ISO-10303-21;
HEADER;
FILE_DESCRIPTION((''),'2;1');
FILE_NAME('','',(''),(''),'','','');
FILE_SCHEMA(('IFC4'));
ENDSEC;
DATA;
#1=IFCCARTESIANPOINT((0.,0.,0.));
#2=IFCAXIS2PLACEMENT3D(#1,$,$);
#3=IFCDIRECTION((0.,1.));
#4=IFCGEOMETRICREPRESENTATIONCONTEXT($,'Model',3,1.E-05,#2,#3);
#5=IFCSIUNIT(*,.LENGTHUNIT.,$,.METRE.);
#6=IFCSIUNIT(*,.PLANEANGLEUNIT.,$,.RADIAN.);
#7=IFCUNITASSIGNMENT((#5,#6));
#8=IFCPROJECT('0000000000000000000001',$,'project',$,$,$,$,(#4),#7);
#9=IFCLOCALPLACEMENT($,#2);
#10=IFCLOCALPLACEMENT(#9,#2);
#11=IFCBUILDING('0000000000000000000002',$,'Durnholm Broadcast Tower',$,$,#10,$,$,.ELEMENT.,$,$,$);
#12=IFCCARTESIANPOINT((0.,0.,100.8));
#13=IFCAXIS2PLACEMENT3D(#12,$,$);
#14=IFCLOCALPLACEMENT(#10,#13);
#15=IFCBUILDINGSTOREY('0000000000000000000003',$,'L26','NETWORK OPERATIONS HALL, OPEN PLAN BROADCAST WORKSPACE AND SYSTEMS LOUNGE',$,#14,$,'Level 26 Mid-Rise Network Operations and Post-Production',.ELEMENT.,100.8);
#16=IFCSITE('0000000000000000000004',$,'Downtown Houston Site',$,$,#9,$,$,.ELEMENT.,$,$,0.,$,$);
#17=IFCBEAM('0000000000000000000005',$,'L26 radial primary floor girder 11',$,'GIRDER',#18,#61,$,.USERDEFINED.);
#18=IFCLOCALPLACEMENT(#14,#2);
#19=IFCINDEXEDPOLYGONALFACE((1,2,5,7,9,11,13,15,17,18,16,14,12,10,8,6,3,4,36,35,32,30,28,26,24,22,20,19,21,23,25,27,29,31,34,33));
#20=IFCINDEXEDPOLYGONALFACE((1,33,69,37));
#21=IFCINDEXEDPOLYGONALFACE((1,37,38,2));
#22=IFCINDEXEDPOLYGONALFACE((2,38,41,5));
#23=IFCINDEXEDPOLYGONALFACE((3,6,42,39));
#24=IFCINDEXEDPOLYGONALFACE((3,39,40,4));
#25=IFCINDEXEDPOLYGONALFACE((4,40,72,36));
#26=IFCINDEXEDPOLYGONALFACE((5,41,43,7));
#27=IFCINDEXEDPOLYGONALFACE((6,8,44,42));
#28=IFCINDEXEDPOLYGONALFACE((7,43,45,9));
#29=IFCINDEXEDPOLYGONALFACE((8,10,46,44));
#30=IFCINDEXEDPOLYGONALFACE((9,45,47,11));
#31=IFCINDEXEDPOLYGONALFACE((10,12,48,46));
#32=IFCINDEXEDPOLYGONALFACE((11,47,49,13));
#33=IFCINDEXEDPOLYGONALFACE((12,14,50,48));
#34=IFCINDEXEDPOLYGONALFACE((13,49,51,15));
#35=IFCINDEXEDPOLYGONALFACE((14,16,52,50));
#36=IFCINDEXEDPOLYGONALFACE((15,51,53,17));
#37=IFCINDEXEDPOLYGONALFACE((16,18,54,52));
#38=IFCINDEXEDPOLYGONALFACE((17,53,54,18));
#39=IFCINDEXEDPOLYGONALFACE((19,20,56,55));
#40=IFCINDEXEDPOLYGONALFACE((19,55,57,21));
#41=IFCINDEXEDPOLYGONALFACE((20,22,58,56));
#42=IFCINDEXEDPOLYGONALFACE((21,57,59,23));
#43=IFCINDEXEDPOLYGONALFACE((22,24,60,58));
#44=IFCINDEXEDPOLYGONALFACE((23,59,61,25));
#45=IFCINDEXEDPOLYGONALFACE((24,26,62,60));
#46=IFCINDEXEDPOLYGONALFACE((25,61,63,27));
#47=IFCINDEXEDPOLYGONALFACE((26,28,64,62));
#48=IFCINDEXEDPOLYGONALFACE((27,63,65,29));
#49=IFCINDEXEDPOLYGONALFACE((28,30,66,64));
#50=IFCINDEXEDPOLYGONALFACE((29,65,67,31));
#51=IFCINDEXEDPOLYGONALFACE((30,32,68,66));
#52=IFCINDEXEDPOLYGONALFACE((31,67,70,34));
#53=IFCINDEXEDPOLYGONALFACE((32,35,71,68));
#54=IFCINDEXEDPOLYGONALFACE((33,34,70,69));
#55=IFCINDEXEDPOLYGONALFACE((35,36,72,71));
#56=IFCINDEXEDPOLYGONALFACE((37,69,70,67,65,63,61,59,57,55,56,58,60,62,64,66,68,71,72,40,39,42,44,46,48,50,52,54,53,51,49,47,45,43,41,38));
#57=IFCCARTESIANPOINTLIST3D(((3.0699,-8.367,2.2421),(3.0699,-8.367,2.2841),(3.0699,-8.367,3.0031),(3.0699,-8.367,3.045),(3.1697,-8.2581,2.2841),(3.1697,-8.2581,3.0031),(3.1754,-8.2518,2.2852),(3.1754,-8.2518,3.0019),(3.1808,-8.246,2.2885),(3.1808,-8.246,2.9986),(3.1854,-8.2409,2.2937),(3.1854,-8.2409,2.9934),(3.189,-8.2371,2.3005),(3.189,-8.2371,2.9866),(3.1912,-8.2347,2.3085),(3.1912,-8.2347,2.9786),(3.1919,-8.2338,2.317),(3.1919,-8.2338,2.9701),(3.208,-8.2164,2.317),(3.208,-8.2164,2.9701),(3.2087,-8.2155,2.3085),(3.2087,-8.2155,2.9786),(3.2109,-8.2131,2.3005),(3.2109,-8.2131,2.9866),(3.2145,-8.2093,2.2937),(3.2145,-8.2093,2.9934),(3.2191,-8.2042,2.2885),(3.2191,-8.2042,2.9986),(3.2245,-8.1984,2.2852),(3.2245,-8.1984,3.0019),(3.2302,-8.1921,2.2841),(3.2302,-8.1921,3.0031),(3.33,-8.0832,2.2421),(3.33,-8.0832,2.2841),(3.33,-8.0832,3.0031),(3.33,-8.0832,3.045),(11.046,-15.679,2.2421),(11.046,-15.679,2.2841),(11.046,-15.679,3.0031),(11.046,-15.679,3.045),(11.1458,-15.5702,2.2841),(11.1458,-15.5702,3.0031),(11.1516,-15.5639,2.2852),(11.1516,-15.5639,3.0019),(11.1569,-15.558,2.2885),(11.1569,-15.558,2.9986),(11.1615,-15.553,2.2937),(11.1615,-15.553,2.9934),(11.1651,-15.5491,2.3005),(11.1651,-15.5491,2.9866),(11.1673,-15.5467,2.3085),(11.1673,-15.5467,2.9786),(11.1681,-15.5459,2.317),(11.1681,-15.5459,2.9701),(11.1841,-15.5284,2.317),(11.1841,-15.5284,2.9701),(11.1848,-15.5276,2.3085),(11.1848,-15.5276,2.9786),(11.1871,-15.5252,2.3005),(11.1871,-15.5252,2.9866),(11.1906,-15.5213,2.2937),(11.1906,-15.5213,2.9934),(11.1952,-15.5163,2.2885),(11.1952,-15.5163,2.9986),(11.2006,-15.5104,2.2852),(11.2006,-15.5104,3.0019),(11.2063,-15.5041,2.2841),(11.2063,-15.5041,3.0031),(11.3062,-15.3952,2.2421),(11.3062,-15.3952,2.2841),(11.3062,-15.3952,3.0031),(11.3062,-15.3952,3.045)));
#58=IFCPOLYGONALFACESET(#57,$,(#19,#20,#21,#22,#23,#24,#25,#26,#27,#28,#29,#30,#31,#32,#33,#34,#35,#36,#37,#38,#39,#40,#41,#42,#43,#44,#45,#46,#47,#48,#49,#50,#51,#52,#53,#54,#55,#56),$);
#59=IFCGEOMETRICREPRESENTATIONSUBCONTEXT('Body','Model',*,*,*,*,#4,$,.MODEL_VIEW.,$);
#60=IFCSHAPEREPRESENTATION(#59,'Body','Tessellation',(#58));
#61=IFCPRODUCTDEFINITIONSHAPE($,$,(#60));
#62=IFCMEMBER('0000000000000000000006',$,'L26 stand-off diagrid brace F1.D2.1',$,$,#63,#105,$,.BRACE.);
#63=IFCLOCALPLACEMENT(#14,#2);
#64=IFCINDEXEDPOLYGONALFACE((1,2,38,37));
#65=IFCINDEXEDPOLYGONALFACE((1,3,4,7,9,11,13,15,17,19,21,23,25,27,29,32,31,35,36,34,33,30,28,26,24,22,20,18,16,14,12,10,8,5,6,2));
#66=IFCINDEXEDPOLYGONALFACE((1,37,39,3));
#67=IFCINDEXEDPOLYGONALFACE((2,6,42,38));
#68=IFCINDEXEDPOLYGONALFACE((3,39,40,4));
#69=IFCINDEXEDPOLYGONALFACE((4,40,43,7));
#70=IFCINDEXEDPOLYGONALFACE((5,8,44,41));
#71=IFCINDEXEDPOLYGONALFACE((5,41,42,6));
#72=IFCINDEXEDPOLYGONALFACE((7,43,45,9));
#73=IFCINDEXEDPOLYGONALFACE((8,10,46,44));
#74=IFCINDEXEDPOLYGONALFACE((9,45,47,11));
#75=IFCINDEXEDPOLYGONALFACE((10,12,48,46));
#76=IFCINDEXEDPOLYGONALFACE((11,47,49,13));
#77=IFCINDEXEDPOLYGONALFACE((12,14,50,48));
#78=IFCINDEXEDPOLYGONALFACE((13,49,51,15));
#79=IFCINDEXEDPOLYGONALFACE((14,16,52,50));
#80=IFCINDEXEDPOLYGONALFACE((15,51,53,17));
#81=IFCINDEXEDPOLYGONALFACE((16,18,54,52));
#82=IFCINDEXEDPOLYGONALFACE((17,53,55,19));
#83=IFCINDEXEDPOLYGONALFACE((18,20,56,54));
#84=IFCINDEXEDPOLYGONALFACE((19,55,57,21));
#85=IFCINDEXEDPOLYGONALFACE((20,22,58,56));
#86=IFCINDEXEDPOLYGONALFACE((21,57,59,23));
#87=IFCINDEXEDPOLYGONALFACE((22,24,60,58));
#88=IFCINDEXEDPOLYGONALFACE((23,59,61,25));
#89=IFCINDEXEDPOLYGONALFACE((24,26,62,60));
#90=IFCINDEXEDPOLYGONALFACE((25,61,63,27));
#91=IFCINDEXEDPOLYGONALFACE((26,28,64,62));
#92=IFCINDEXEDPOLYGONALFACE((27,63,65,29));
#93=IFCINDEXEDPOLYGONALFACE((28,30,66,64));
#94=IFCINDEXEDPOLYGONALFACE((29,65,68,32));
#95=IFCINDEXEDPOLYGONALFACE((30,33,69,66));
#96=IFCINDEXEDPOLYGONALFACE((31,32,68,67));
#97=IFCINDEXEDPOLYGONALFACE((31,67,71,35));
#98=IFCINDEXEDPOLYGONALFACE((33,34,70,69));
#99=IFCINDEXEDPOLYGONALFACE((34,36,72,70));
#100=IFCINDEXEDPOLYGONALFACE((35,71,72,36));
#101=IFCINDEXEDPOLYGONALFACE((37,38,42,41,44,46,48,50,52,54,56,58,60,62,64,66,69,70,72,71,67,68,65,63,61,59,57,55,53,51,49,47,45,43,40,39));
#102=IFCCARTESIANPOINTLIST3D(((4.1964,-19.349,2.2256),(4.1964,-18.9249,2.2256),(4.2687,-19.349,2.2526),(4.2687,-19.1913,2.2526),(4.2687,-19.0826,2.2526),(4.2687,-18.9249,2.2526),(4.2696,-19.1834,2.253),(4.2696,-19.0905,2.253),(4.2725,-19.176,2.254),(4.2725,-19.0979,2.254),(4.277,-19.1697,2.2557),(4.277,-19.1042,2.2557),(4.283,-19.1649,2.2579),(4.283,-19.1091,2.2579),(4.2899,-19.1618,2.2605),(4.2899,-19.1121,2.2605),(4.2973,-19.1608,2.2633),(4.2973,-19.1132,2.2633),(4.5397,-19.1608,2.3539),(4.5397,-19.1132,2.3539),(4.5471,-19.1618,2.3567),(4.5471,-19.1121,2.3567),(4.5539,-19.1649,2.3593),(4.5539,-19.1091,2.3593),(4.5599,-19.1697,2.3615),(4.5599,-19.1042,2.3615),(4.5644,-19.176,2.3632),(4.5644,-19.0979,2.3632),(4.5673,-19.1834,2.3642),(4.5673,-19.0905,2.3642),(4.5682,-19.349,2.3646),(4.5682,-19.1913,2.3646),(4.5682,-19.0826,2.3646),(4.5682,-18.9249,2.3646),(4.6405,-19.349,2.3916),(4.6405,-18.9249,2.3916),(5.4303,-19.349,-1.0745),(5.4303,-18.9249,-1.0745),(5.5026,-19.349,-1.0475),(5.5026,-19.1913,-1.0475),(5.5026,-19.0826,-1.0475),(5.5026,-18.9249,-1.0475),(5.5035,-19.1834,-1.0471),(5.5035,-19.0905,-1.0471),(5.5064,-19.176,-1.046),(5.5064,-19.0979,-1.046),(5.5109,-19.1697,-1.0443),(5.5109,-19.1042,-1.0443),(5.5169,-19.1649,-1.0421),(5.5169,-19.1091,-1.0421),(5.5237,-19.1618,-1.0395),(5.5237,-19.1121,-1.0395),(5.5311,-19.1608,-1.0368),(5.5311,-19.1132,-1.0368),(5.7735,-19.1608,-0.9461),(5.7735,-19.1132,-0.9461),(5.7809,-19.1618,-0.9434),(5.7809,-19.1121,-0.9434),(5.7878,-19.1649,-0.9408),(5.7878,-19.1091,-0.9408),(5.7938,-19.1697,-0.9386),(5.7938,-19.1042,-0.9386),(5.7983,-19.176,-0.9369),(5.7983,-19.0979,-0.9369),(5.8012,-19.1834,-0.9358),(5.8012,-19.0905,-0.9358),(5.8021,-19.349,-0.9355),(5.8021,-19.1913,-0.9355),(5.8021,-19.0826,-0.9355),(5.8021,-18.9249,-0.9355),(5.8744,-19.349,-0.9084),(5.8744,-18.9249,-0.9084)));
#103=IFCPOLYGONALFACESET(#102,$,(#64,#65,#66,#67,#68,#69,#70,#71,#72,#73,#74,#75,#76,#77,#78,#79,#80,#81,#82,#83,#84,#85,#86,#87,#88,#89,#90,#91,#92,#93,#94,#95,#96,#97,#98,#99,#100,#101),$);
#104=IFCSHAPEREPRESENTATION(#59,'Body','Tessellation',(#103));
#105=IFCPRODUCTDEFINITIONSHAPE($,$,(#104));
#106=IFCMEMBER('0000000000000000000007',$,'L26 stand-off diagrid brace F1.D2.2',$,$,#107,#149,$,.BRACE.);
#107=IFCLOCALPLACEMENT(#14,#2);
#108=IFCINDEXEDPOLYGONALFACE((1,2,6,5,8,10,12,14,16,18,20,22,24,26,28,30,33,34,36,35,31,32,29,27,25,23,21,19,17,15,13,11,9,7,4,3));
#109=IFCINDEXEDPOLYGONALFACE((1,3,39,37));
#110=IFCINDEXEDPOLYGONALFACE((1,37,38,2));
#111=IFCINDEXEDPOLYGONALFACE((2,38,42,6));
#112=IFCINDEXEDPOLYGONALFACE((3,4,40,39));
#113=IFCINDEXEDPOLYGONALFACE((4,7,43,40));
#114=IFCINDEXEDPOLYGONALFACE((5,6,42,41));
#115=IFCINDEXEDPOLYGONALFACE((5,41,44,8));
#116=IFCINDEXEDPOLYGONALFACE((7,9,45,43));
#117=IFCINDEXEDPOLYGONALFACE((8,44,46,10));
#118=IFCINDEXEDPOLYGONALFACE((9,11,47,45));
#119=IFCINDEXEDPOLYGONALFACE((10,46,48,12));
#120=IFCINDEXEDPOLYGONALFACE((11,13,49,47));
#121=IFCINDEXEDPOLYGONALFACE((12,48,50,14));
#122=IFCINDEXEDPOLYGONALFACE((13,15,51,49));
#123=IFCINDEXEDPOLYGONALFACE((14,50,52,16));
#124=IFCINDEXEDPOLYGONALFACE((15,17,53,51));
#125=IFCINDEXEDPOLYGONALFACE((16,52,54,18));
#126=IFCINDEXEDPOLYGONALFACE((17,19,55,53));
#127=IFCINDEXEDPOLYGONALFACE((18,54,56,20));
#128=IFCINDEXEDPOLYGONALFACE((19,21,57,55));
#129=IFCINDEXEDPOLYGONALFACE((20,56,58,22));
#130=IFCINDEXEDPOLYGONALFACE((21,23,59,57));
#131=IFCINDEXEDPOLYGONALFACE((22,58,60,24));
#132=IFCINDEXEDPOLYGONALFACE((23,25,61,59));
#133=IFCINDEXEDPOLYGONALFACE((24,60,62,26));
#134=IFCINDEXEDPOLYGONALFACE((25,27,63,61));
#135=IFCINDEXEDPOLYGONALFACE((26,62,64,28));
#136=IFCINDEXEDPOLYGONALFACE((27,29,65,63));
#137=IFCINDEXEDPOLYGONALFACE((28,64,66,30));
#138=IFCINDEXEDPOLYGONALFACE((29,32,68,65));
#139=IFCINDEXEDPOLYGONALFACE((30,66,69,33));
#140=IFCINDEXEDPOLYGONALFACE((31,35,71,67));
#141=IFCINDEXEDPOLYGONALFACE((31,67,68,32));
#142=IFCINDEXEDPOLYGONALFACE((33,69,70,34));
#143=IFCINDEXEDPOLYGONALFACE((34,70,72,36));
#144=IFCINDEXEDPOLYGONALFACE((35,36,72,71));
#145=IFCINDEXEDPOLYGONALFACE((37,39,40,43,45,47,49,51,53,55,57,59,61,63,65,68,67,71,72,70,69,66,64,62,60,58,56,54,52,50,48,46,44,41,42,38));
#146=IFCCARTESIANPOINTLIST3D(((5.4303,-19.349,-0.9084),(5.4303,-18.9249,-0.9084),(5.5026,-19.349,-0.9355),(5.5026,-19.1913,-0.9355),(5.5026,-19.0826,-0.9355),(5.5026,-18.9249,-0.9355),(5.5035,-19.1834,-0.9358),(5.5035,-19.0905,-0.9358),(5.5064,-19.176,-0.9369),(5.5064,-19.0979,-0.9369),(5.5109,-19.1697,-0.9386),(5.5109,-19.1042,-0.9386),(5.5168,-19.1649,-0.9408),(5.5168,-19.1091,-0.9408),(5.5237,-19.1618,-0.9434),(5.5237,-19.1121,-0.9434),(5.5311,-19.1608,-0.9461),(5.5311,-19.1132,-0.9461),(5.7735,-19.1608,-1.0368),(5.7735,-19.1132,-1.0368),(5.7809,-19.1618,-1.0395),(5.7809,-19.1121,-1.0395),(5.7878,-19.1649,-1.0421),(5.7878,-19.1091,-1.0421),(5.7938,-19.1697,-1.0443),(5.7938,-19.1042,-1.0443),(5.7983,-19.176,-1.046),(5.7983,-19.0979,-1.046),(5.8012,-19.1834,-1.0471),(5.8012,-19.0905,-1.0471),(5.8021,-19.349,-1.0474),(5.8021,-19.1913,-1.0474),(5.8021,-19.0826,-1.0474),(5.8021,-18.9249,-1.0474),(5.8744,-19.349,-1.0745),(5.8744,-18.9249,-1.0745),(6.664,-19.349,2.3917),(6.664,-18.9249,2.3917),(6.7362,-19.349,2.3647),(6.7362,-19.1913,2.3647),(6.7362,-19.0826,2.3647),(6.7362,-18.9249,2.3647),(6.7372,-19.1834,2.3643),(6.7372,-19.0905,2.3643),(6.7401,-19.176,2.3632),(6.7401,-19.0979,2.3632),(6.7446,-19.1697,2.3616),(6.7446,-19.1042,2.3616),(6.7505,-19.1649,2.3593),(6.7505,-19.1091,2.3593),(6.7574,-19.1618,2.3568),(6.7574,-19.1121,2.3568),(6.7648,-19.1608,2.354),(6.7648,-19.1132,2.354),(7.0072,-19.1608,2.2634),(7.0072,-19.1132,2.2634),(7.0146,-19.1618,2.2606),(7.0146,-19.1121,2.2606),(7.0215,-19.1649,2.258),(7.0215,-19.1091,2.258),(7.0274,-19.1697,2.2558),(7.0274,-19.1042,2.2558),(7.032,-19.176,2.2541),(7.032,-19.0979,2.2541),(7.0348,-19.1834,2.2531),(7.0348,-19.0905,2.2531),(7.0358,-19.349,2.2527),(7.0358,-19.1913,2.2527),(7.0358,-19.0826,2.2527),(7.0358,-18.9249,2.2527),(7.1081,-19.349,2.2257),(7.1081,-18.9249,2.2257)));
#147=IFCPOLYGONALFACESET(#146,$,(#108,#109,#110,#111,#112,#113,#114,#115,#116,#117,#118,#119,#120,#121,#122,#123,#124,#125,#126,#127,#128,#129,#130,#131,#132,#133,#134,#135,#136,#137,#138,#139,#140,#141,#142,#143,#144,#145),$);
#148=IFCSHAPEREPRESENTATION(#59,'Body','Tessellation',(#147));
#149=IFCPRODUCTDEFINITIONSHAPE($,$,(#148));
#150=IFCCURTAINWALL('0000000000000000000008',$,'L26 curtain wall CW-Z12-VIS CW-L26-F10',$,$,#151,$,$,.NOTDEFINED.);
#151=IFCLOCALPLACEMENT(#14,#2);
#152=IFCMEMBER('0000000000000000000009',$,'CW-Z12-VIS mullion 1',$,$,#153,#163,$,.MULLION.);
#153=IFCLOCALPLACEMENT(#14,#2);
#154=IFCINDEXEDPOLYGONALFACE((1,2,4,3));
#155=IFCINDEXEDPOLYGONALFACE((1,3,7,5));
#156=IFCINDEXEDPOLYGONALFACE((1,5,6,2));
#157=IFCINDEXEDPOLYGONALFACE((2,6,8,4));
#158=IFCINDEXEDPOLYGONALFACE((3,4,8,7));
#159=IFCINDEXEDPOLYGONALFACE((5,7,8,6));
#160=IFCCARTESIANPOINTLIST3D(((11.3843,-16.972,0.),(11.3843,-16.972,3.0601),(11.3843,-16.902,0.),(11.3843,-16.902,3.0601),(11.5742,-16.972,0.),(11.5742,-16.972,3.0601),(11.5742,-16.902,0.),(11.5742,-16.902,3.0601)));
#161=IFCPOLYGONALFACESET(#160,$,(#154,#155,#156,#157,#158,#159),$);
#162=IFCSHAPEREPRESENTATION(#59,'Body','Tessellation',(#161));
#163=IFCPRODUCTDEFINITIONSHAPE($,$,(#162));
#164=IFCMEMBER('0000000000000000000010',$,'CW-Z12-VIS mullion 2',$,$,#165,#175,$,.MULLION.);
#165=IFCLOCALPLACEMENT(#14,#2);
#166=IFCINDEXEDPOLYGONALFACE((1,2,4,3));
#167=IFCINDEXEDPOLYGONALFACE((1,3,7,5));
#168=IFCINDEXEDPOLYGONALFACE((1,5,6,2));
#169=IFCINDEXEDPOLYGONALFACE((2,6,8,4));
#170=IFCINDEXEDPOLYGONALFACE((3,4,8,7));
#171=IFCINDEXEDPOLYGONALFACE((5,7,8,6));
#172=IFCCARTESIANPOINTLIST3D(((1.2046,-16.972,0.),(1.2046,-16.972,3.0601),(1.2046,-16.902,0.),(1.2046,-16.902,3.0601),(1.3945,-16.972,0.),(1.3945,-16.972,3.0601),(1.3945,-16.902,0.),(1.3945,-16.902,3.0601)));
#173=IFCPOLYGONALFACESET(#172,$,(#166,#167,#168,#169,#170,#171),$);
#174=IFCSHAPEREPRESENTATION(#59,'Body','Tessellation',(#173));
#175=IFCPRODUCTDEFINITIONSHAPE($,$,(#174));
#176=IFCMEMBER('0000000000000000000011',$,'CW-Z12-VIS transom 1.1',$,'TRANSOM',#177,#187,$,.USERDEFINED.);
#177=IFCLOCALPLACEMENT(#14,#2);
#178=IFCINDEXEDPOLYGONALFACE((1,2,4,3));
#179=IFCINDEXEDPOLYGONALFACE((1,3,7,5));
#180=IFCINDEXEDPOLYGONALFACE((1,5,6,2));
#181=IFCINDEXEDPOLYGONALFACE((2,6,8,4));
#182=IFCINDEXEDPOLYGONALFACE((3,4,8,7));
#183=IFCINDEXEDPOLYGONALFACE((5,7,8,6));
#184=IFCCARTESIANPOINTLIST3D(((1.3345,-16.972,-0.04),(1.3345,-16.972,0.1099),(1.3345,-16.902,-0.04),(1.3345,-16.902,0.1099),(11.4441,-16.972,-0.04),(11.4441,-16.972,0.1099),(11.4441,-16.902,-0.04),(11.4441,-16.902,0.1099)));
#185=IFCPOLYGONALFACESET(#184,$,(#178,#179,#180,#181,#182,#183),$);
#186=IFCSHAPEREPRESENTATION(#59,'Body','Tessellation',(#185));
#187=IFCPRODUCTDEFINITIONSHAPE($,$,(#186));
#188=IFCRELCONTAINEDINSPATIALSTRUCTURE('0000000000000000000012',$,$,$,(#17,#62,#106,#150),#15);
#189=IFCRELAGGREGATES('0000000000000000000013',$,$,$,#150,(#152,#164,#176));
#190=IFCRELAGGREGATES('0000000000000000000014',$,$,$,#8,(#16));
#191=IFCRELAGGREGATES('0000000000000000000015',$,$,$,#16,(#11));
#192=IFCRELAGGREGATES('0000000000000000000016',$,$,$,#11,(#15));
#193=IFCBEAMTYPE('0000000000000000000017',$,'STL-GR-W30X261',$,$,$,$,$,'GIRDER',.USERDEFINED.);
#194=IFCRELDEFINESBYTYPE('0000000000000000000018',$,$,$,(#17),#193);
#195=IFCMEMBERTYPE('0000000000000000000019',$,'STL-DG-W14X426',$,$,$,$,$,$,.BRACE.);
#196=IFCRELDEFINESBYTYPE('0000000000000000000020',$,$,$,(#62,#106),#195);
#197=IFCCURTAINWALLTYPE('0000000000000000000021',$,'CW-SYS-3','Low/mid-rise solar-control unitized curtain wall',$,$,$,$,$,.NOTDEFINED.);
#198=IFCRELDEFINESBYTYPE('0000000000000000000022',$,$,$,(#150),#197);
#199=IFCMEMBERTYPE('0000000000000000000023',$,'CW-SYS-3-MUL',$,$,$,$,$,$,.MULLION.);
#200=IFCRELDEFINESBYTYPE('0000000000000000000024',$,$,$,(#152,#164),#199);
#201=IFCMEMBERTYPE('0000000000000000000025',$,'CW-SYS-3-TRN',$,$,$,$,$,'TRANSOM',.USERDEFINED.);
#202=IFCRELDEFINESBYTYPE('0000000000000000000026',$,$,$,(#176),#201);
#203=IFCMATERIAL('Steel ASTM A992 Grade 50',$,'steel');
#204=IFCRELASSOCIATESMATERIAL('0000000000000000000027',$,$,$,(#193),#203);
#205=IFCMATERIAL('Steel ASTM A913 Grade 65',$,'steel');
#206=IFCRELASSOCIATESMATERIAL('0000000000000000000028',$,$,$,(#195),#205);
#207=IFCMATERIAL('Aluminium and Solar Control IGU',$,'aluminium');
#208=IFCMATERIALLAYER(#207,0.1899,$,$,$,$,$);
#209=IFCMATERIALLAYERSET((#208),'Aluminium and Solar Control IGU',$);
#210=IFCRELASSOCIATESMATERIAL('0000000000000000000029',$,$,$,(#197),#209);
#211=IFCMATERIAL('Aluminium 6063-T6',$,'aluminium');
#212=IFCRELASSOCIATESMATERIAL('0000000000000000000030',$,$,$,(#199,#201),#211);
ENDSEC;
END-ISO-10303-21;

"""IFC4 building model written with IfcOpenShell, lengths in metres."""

from ifc_helpers import new_model, si_unit, direction, frame, origin, origin_2d, place, context, subcontext, project, spatial, rectangle, i_section, extrude, source, transform, mapped, material, layer, layer_set, material_profile, profile_set, type_object, type_shapes, element, aggregate, save


model = new_model("IFC4")

# Units and contexts
model_context = context("Model", 3, precision=1e-05, world=origin(), true_north=direction((0.0, 1.0)))
body_context = subcontext(model_context, "Body", "Model", "MODEL_VIEW")
ifc_project = project(units=[si_unit("LENGTHUNIT", "METRE"), si_unit("PLANEANGLEUNIT", "RADIAN")], contexts=[model_context])

# Site, building, storey
site_placement = place(None, origin())
site = spatial("IfcSite", under=ifc_project, at=site_placement, Name="Downtown Houston Site", CompositionType="ELEMENT", RefElevation=0.0)
building_placement = place(site_placement, origin())
building = spatial("IfcBuilding", under=site, at=building_placement, Name="Durnholm Broadcast Tower", CompositionType="ELEMENT")
storey_placement = place(building_placement, frame((0.0, 0.0, 100.8)))
storey = spatial("IfcBuildingStorey", under=building, at=storey_placement, Name="L26", Description="NETWORK OPERATIONS HALL, OPEN PLAN BROADCAST WORKSPACE AND SYSTEMS LOUNGE", LongName="Level 26 Mid-Rise Network Operations and Post-Production", CompositionType="ELEMENT", Elevation=100.8)

# Beam
ifc_material_1 = material(Name="Steel ASTM A992 Grade 50", Category="steel")
ifc_material_profile_1 = material_profile(ifc_material_1, i_section(OverallWidth=0.385, OverallDepth=0.803, WebThickness=0.0237, FlangeThickness=0.042, FilletRadius=0.033, at=origin_2d()), Name="W30X261")
ifc_profile_set_1 = profile_set([ifc_material_profile_1], Name="Steel ASTM A992 Grade 50")
beam_type_1 = type_object("IfcBeamType", Name="STL-GR-W30X261", ElementType="GIRDER", PredefinedType="USERDEFINED", material=ifc_profile_set_1)
shared_shape_1 = source(origin(), body_context, "Body", "SweptSolid", [
    extrude(i_section(OverallWidth=0.385, OverallDepth=0.803, WebThickness=0.0237, FlangeThickness=0.042, FilletRadius=0.033, at=origin_2d()), origin(), (0.0, 0.0, 1.0), 10.8206),
])
beam_1_placement = place(storey_placement, frame((3.2, -8.2251, 2.6436), z_axis=(0.737126, -0.675755, 0.0), x_axis=(0.675755, 0.737126, 0.0)))
element("IfcBeam", 1, at=beam_1_placement, inside=storey, type_object=beam_type_1, Name="L26 radial primary floor girder 11", ObjectType="GIRDER", PredefinedType="USERDEFINED", context=body_context, shape_type="MappedRepresentation", body=[
    mapped(shared_shape_1, transform((0.0, 0.0, 0.0), x_axis=(1.0, 0.0, 0.0), y_axis=(0.0, 1.0, 0.0), z_axis=(0.0, 0.0, 1.0), scale=1.0)),
])

# Members
ifc_material_2 = material(Name="Steel ASTM A913 Grade 65", Category="steel")
ifc_material_profile_2 = material_profile(ifc_material_2, i_section(OverallWidth=0.4241, OverallDepth=0.4741, WebThickness=0.0476, FlangeThickness=0.0771, FilletRadius=0.0305, at=origin_2d()), Name="W14X426")
ifc_profile_set_2 = profile_set([ifc_material_profile_2], Name="Steel ASTM A913 Grade 65")
member_type_1 = type_object("IfcMemberType", Name="STL-DG-W14X426", PredefinedType="BRACE", material=ifc_profile_set_2)
shared_shape_2 = source(origin(), body_context, "Body", "SweptSolid", [
    extrude(i_section(OverallWidth=0.4241, OverallDepth=0.4741, WebThickness=0.0476, FlangeThickness=0.0771, FilletRadius=0.0305, at=origin_2d()), origin(), (0.0, 0.0, 1.0), 3.5232),
])
type_shapes(member_type_1, [shared_shape_2])
for number, where, z_axis, x_axis, name in (
    (2, (5.6523, -19.137, -0.9915), (-0.35022, 0.0, 0.936668), (0.0, -1.0, 0.0), "L26 stand-off diagrid brace F1.D2.1"),
    (3, (5.6523, -19.137, -0.9915), (0.350159, 0.0, 0.93669), (0.0, 1.0, 0.0), "L26 stand-off diagrid brace F1.D2.2"),
):
    element("IfcMember", number, at=place(storey_placement, frame(where, z_axis=z_axis, x_axis=x_axis)), inside=storey, type_object=member_type_1, Name=name, PredefinedType="BRACE", context=body_context, shape_type="MappedRepresentation", body=[
        mapped(shared_shape_2, transform((0.0, 0.0, 0.0), x_axis=(1.0, 0.0, 0.0), y_axis=(0.0, 1.0, 0.0), z_axis=(0.0, 0.0, 1.0), scale=1.0)),
    ])

# Curtain wall, members
ifc_material_3 = material(Name="Aluminium and Solar Control IGU", Category="aluminium")
ifc_layer_1 = layer(ifc_material_3, 0.1899)
ifc_layer_set_1 = layer_set([ifc_layer_1], Name="Aluminium and Solar Control IGU")
curtain_wall_type = type_object("IfcCurtainWallType", Name="CW-SYS-3", Description="Low/mid-rise solar-control unitized curtain wall", PredefinedType="NOTDEFINED", material=ifc_layer_set_1)
curtain_wall_placement = place(storey_placement, origin())
curtain_wall = element("IfcCurtainWall", 4, at=curtain_wall_placement, inside=storey, type_object=curtain_wall_type, Name="L26 curtain wall CW-Z12-VIS CW-L26-F10", PredefinedType="NOTDEFINED")
ifc_material_4 = material(Name="Aluminium 6063-T6", Category="aluminium")
ifc_material_profile_3 = material_profile(ifc_material_4, rectangle(XDim=0.0701, YDim=0.1899, at=origin_2d()), Name="CWM70X190")
ifc_profile_set_3 = profile_set([ifc_material_profile_3], Name="Aluminium 6063-T6")
member_type_2 = type_object("IfcMemberType", Name="CW-SYS-3-MUL", PredefinedType="MULLION", material=ifc_profile_set_3)
shared_shape_3 = source(origin(), body_context, "Body", "SweptSolid", [
    extrude(rectangle(XDim=0.0701, YDim=0.1899, at=origin_2d()), origin(), (0.0, 0.0, 1.0), 3.0601),
])
type_shapes(member_type_2, [shared_shape_3])
member_1_placement = place(storey_placement, frame((11.4792, -16.937, 0.0), z_axis=(0.0, 0.0, 1.0), x_axis=(0.0, -1.0, 0.0)))
member_1 = element("IfcMember", 5, at=member_1_placement, type_object=member_type_2, Name="CW-Z12-VIS mullion 1", PredefinedType="MULLION", context=body_context, shape_type="MappedRepresentation", body=[
    mapped(shared_shape_3, transform((0.0, 0.0, 0.0), x_axis=(1.0, 0.0, 0.0), y_axis=(0.0, 1.0, 0.0), z_axis=(0.0, 0.0, 1.0), scale=1.0)),
])
member_2_placement = place(storey_placement, frame((1.2996, -16.937, 0.0), z_axis=(0.0, 0.0, 1.0), x_axis=(0.0, -1.0, 0.0)))
member_2 = element("IfcMember", 6, at=member_2_placement, type_object=member_type_2, Name="CW-Z12-VIS mullion 2", PredefinedType="MULLION", context=body_context, shape_type="MappedRepresentation", body=[
    mapped(shared_shape_3, transform((0.0, 0.0, 0.0), x_axis=(1.0, 0.0, 0.0), y_axis=(0.0, 1.0, 0.0), z_axis=(0.0, 0.0, 1.0), scale=1.0)),
])
ifc_material_profile_4 = material_profile(ifc_material_4, rectangle(XDim=0.0701, YDim=0.1499, at=origin_2d()), Name="CWT70X150")
ifc_profile_set_4 = profile_set([ifc_material_profile_4], Name="Aluminium 6063-T6")
member_type_3 = type_object("IfcMemberType", Name="CW-SYS-3-TRN", ElementType="TRANSOM", PredefinedType="USERDEFINED", material=ifc_profile_set_4)
shared_shape_4 = source(origin(), body_context, "Body", "SweptSolid", [
    extrude(rectangle(XDim=0.0701, YDim=0.1499, at=origin_2d()), origin(), (0.0, 0.0, 1.0), 10.1096),
])
type_shapes(member_type_3, [shared_shape_4])
member_3_placement = place(storey_placement, frame((11.4441, -16.937, 0.0349), z_axis=(-1.0, 0.0, 0.0), x_axis=(0.0, -1.0, 0.0)))
member_3 = element("IfcMember", 7, at=member_3_placement, type_object=member_type_3, Name="CW-Z12-VIS transom 1.1", ObjectType="TRANSOM", PredefinedType="USERDEFINED", context=body_context, shape_type="MappedRepresentation", body=[
    mapped(shared_shape_4, transform((0.0, 0.0, 0.0), x_axis=(1.0, 0.0, 0.0), y_axis=(0.0, 1.0, 0.0), z_axis=(0.0, 0.0, 1.0), scale=1.0)),
])
aggregate(curtain_wall, [member_1, member_2, member_3])

save(model, "model.ifc")
